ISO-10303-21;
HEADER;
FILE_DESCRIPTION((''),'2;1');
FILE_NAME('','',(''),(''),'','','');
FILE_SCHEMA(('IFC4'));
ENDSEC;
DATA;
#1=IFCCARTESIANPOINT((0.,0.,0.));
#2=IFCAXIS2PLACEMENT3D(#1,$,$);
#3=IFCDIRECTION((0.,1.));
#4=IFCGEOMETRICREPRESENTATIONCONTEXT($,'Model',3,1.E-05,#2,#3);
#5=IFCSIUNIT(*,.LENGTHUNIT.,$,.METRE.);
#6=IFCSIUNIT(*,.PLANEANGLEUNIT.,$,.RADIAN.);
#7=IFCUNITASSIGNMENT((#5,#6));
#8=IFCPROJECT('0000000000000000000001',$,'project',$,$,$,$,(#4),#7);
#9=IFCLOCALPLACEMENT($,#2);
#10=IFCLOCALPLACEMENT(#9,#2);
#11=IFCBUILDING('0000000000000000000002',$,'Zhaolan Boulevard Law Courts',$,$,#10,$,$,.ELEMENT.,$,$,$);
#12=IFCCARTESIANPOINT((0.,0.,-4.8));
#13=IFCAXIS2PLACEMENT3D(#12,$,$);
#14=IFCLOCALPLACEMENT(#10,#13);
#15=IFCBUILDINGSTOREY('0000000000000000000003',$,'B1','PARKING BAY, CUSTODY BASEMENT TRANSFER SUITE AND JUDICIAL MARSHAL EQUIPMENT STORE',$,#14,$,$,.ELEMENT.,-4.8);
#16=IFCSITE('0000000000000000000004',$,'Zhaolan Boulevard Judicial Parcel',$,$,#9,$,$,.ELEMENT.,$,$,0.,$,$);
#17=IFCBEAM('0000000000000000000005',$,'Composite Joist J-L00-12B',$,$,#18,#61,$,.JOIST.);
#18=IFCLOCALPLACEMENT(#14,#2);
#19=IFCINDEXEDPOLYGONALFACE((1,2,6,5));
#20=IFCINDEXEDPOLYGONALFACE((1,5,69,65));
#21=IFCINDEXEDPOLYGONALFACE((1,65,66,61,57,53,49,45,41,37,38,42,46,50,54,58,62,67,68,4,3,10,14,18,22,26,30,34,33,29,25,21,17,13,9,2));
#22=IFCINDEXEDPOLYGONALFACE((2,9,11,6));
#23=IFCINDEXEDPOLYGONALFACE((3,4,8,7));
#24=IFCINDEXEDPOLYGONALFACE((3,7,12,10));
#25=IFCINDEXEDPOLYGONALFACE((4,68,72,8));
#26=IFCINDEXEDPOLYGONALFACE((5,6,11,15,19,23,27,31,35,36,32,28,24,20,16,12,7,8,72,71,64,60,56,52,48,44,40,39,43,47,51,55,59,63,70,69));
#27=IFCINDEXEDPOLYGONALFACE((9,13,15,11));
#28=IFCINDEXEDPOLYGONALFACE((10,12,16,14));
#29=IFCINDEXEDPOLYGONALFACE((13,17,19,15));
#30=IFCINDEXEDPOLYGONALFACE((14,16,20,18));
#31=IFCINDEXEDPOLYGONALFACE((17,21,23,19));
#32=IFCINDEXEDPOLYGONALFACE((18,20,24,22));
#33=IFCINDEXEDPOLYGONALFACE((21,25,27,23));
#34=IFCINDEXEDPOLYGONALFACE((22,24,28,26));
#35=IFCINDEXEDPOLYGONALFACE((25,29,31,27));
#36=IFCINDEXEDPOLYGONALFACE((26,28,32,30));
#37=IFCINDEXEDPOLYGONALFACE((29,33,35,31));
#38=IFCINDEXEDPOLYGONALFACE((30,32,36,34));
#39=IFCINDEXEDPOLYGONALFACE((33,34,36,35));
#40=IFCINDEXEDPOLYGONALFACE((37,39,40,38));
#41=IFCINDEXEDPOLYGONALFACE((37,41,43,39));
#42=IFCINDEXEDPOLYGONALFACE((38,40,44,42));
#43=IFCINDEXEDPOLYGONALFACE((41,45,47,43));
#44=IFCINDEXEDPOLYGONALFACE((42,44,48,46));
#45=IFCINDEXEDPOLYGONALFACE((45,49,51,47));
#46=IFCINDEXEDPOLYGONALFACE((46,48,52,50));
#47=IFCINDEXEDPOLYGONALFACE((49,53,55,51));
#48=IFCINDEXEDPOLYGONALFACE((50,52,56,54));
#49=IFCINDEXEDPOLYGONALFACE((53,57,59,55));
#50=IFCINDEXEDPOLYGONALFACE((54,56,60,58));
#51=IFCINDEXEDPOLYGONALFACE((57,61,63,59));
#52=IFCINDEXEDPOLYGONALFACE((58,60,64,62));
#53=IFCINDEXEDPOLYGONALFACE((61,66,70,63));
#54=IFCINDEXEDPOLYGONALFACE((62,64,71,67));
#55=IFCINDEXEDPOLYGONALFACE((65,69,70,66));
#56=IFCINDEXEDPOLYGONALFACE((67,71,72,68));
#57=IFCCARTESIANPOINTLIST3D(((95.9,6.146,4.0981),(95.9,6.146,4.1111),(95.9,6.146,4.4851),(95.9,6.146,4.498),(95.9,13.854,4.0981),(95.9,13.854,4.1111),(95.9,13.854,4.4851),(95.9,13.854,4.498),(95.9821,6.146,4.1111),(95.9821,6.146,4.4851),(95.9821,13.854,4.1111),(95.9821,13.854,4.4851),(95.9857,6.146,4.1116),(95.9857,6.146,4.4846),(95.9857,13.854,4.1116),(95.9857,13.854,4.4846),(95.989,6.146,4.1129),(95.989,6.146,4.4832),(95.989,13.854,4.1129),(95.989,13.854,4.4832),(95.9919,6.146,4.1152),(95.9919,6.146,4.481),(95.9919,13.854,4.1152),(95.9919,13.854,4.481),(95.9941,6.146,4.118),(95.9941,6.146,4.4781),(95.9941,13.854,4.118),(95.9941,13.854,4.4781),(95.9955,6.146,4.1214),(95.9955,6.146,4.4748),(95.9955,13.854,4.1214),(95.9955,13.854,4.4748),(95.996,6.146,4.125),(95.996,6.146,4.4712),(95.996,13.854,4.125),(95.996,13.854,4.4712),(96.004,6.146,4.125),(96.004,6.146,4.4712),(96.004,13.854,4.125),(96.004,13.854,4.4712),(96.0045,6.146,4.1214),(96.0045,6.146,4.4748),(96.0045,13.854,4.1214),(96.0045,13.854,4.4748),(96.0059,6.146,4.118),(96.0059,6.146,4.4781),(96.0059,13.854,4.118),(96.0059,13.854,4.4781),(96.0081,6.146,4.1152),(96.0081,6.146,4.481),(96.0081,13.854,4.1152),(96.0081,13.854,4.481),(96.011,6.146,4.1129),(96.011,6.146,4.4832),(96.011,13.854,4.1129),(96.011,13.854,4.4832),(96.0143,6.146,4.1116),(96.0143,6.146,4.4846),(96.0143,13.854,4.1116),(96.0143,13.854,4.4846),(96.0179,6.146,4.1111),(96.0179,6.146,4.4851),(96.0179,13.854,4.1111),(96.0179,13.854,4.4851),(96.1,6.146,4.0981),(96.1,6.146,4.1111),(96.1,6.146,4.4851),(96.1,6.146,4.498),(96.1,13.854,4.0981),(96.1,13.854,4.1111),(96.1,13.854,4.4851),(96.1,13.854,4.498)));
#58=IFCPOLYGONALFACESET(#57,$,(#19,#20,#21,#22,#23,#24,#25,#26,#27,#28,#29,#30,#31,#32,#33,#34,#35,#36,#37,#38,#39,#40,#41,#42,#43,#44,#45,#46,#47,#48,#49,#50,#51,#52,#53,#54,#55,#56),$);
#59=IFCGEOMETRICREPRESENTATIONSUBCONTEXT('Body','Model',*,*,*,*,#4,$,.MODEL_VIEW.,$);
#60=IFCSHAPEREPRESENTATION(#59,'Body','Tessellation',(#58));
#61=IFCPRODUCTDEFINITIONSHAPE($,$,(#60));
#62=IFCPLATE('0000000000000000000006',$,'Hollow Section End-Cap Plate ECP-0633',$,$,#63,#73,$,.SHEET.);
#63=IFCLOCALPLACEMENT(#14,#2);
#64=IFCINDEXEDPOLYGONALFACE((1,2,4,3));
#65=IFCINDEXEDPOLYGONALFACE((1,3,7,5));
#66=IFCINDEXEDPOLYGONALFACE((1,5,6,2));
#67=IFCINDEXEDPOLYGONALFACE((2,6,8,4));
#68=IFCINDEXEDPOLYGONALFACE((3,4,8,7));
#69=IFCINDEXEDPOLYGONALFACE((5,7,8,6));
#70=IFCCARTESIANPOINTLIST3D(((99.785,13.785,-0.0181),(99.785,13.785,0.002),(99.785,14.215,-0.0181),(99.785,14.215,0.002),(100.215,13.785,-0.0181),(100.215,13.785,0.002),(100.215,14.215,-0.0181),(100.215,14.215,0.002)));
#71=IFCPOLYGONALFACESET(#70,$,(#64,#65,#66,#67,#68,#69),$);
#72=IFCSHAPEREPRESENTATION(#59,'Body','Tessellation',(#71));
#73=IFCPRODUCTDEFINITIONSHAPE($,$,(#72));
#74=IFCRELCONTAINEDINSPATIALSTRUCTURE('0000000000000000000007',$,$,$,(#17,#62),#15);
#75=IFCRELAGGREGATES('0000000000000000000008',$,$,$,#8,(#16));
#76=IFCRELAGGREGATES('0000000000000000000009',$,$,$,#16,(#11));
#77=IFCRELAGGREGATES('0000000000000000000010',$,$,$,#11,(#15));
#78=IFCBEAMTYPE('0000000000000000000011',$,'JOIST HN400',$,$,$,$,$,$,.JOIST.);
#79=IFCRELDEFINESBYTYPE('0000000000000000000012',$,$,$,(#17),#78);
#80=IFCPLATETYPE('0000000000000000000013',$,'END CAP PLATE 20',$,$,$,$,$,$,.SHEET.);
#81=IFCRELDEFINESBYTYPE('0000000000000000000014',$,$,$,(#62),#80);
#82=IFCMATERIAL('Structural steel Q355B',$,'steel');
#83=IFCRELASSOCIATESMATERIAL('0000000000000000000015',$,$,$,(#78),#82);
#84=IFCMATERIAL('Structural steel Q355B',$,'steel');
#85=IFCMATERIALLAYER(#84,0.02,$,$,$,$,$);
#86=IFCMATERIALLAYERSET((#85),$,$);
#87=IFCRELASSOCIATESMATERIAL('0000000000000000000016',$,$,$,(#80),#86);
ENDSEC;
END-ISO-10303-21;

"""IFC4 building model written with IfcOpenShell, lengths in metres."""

from ifc_helpers import new_model, si_unit, direction, frame, origin, origin_2d, place, context, subcontext, project, spatial, rectangle, i_section, extrude, material, layer, layer_set, material_profile, profile_set, type_object, element, save


model = new_model("IFC4")

# Units and contexts
model_context = context("Model", 3, precision=1e-05, world=origin(), true_north=direction((0.0, 1.0)))
body_context = subcontext(model_context, "Body", "Model", "MODEL_VIEW")
ifc_project = project(units=[si_unit("LENGTHUNIT", "METRE"), si_unit("PLANEANGLEUNIT", "RADIAN")], contexts=[model_context])

# Site, building, storey
site_placement = place(None, origin())
site = spatial("IfcSite", under=ifc_project, at=site_placement, Name="Zhaolan Boulevard Judicial Parcel", CompositionType="ELEMENT", RefElevation=0.0)
building_placement = place(site_placement, origin())
building = spatial("IfcBuilding", under=site, at=building_placement, Name="Zhaolan Boulevard Law Courts", CompositionType="ELEMENT")
storey_placement = place(building_placement, frame((0.0, 0.0, -4.8)))
storey = spatial("IfcBuildingStorey", under=building, at=storey_placement, Name="B1", Description="PARKING BAY, CUSTODY BASEMENT TRANSFER SUITE AND JUDICIAL MARSHAL EQUIPMENT STORE", CompositionType="ELEMENT", Elevation=-4.8)

# Beam
ifc_material_1 = material(Name="Structural steel Q355B", Category="steel")
ifc_material_profile_1 = material_profile(ifc_material_1, i_section(OverallWidth=0.2, OverallDepth=0.3999, WebThickness=0.0081, FlangeThickness=0.0129, FilletRadius=0.0139, at=origin_2d()), Name="HN400x200")
ifc_profile_set_1 = profile_set([ifc_material_profile_1], Name="Structural steel Q355B")
beam_type_1 = type_object("IfcBeamType", Name="JOIST HN400", PredefinedType="JOIST", material=ifc_profile_set_1)
beam_1_placement = place(storey_placement, frame((96.0, 6.146, 4.2981), z_axis=(0.0, 1.0, 0.0), x_axis=(-1.0, 0.0, 0.0)))
element("IfcBeam", 1, at=beam_1_placement, inside=storey, type_object=beam_type_1, Name="Composite Joist J-L00-12B", PredefinedType="JOIST", context=body_context, shape_type="SweptSolid", body=[
    extrude(i_section(OverallWidth=0.2, OverallDepth=0.3999, WebThickness=0.0081, FlangeThickness=0.0129, FilletRadius=0.0139, at=origin_2d()), origin(), (0.0, 0.0, 1.0), 7.708),
])

# Plate
ifc_material_2 = material(Name="Structural steel Q355B", Category="steel")
ifc_layer = layer(ifc_material_2, 0.02)
ifc_layer_set = layer_set([ifc_layer])
plate_type = type_object("IfcPlateType", Name="END CAP PLATE 20", PredefinedType="SHEET", material=ifc_layer_set)
plate_placement = place(storey_placement, frame((100.0, 14.0, -0.0181), z_axis=(0.0, 0.0, 1.0), x_axis=(1.0, 0.0, 0.0)))
element("IfcPlate", 2, at=plate_placement, inside=storey, type_object=plate_type, Name="Hollow Section End-Cap Plate ECP-0633", PredefinedType="SHEET", context=body_context, shape_type="SweptSolid", body=[
    extrude(rectangle(XDim=0.4299, YDim=0.4299, at=origin_2d()), origin(), (0.0, 0.0, 1.0), 0.02),
])

save(model, "model.ifc")
